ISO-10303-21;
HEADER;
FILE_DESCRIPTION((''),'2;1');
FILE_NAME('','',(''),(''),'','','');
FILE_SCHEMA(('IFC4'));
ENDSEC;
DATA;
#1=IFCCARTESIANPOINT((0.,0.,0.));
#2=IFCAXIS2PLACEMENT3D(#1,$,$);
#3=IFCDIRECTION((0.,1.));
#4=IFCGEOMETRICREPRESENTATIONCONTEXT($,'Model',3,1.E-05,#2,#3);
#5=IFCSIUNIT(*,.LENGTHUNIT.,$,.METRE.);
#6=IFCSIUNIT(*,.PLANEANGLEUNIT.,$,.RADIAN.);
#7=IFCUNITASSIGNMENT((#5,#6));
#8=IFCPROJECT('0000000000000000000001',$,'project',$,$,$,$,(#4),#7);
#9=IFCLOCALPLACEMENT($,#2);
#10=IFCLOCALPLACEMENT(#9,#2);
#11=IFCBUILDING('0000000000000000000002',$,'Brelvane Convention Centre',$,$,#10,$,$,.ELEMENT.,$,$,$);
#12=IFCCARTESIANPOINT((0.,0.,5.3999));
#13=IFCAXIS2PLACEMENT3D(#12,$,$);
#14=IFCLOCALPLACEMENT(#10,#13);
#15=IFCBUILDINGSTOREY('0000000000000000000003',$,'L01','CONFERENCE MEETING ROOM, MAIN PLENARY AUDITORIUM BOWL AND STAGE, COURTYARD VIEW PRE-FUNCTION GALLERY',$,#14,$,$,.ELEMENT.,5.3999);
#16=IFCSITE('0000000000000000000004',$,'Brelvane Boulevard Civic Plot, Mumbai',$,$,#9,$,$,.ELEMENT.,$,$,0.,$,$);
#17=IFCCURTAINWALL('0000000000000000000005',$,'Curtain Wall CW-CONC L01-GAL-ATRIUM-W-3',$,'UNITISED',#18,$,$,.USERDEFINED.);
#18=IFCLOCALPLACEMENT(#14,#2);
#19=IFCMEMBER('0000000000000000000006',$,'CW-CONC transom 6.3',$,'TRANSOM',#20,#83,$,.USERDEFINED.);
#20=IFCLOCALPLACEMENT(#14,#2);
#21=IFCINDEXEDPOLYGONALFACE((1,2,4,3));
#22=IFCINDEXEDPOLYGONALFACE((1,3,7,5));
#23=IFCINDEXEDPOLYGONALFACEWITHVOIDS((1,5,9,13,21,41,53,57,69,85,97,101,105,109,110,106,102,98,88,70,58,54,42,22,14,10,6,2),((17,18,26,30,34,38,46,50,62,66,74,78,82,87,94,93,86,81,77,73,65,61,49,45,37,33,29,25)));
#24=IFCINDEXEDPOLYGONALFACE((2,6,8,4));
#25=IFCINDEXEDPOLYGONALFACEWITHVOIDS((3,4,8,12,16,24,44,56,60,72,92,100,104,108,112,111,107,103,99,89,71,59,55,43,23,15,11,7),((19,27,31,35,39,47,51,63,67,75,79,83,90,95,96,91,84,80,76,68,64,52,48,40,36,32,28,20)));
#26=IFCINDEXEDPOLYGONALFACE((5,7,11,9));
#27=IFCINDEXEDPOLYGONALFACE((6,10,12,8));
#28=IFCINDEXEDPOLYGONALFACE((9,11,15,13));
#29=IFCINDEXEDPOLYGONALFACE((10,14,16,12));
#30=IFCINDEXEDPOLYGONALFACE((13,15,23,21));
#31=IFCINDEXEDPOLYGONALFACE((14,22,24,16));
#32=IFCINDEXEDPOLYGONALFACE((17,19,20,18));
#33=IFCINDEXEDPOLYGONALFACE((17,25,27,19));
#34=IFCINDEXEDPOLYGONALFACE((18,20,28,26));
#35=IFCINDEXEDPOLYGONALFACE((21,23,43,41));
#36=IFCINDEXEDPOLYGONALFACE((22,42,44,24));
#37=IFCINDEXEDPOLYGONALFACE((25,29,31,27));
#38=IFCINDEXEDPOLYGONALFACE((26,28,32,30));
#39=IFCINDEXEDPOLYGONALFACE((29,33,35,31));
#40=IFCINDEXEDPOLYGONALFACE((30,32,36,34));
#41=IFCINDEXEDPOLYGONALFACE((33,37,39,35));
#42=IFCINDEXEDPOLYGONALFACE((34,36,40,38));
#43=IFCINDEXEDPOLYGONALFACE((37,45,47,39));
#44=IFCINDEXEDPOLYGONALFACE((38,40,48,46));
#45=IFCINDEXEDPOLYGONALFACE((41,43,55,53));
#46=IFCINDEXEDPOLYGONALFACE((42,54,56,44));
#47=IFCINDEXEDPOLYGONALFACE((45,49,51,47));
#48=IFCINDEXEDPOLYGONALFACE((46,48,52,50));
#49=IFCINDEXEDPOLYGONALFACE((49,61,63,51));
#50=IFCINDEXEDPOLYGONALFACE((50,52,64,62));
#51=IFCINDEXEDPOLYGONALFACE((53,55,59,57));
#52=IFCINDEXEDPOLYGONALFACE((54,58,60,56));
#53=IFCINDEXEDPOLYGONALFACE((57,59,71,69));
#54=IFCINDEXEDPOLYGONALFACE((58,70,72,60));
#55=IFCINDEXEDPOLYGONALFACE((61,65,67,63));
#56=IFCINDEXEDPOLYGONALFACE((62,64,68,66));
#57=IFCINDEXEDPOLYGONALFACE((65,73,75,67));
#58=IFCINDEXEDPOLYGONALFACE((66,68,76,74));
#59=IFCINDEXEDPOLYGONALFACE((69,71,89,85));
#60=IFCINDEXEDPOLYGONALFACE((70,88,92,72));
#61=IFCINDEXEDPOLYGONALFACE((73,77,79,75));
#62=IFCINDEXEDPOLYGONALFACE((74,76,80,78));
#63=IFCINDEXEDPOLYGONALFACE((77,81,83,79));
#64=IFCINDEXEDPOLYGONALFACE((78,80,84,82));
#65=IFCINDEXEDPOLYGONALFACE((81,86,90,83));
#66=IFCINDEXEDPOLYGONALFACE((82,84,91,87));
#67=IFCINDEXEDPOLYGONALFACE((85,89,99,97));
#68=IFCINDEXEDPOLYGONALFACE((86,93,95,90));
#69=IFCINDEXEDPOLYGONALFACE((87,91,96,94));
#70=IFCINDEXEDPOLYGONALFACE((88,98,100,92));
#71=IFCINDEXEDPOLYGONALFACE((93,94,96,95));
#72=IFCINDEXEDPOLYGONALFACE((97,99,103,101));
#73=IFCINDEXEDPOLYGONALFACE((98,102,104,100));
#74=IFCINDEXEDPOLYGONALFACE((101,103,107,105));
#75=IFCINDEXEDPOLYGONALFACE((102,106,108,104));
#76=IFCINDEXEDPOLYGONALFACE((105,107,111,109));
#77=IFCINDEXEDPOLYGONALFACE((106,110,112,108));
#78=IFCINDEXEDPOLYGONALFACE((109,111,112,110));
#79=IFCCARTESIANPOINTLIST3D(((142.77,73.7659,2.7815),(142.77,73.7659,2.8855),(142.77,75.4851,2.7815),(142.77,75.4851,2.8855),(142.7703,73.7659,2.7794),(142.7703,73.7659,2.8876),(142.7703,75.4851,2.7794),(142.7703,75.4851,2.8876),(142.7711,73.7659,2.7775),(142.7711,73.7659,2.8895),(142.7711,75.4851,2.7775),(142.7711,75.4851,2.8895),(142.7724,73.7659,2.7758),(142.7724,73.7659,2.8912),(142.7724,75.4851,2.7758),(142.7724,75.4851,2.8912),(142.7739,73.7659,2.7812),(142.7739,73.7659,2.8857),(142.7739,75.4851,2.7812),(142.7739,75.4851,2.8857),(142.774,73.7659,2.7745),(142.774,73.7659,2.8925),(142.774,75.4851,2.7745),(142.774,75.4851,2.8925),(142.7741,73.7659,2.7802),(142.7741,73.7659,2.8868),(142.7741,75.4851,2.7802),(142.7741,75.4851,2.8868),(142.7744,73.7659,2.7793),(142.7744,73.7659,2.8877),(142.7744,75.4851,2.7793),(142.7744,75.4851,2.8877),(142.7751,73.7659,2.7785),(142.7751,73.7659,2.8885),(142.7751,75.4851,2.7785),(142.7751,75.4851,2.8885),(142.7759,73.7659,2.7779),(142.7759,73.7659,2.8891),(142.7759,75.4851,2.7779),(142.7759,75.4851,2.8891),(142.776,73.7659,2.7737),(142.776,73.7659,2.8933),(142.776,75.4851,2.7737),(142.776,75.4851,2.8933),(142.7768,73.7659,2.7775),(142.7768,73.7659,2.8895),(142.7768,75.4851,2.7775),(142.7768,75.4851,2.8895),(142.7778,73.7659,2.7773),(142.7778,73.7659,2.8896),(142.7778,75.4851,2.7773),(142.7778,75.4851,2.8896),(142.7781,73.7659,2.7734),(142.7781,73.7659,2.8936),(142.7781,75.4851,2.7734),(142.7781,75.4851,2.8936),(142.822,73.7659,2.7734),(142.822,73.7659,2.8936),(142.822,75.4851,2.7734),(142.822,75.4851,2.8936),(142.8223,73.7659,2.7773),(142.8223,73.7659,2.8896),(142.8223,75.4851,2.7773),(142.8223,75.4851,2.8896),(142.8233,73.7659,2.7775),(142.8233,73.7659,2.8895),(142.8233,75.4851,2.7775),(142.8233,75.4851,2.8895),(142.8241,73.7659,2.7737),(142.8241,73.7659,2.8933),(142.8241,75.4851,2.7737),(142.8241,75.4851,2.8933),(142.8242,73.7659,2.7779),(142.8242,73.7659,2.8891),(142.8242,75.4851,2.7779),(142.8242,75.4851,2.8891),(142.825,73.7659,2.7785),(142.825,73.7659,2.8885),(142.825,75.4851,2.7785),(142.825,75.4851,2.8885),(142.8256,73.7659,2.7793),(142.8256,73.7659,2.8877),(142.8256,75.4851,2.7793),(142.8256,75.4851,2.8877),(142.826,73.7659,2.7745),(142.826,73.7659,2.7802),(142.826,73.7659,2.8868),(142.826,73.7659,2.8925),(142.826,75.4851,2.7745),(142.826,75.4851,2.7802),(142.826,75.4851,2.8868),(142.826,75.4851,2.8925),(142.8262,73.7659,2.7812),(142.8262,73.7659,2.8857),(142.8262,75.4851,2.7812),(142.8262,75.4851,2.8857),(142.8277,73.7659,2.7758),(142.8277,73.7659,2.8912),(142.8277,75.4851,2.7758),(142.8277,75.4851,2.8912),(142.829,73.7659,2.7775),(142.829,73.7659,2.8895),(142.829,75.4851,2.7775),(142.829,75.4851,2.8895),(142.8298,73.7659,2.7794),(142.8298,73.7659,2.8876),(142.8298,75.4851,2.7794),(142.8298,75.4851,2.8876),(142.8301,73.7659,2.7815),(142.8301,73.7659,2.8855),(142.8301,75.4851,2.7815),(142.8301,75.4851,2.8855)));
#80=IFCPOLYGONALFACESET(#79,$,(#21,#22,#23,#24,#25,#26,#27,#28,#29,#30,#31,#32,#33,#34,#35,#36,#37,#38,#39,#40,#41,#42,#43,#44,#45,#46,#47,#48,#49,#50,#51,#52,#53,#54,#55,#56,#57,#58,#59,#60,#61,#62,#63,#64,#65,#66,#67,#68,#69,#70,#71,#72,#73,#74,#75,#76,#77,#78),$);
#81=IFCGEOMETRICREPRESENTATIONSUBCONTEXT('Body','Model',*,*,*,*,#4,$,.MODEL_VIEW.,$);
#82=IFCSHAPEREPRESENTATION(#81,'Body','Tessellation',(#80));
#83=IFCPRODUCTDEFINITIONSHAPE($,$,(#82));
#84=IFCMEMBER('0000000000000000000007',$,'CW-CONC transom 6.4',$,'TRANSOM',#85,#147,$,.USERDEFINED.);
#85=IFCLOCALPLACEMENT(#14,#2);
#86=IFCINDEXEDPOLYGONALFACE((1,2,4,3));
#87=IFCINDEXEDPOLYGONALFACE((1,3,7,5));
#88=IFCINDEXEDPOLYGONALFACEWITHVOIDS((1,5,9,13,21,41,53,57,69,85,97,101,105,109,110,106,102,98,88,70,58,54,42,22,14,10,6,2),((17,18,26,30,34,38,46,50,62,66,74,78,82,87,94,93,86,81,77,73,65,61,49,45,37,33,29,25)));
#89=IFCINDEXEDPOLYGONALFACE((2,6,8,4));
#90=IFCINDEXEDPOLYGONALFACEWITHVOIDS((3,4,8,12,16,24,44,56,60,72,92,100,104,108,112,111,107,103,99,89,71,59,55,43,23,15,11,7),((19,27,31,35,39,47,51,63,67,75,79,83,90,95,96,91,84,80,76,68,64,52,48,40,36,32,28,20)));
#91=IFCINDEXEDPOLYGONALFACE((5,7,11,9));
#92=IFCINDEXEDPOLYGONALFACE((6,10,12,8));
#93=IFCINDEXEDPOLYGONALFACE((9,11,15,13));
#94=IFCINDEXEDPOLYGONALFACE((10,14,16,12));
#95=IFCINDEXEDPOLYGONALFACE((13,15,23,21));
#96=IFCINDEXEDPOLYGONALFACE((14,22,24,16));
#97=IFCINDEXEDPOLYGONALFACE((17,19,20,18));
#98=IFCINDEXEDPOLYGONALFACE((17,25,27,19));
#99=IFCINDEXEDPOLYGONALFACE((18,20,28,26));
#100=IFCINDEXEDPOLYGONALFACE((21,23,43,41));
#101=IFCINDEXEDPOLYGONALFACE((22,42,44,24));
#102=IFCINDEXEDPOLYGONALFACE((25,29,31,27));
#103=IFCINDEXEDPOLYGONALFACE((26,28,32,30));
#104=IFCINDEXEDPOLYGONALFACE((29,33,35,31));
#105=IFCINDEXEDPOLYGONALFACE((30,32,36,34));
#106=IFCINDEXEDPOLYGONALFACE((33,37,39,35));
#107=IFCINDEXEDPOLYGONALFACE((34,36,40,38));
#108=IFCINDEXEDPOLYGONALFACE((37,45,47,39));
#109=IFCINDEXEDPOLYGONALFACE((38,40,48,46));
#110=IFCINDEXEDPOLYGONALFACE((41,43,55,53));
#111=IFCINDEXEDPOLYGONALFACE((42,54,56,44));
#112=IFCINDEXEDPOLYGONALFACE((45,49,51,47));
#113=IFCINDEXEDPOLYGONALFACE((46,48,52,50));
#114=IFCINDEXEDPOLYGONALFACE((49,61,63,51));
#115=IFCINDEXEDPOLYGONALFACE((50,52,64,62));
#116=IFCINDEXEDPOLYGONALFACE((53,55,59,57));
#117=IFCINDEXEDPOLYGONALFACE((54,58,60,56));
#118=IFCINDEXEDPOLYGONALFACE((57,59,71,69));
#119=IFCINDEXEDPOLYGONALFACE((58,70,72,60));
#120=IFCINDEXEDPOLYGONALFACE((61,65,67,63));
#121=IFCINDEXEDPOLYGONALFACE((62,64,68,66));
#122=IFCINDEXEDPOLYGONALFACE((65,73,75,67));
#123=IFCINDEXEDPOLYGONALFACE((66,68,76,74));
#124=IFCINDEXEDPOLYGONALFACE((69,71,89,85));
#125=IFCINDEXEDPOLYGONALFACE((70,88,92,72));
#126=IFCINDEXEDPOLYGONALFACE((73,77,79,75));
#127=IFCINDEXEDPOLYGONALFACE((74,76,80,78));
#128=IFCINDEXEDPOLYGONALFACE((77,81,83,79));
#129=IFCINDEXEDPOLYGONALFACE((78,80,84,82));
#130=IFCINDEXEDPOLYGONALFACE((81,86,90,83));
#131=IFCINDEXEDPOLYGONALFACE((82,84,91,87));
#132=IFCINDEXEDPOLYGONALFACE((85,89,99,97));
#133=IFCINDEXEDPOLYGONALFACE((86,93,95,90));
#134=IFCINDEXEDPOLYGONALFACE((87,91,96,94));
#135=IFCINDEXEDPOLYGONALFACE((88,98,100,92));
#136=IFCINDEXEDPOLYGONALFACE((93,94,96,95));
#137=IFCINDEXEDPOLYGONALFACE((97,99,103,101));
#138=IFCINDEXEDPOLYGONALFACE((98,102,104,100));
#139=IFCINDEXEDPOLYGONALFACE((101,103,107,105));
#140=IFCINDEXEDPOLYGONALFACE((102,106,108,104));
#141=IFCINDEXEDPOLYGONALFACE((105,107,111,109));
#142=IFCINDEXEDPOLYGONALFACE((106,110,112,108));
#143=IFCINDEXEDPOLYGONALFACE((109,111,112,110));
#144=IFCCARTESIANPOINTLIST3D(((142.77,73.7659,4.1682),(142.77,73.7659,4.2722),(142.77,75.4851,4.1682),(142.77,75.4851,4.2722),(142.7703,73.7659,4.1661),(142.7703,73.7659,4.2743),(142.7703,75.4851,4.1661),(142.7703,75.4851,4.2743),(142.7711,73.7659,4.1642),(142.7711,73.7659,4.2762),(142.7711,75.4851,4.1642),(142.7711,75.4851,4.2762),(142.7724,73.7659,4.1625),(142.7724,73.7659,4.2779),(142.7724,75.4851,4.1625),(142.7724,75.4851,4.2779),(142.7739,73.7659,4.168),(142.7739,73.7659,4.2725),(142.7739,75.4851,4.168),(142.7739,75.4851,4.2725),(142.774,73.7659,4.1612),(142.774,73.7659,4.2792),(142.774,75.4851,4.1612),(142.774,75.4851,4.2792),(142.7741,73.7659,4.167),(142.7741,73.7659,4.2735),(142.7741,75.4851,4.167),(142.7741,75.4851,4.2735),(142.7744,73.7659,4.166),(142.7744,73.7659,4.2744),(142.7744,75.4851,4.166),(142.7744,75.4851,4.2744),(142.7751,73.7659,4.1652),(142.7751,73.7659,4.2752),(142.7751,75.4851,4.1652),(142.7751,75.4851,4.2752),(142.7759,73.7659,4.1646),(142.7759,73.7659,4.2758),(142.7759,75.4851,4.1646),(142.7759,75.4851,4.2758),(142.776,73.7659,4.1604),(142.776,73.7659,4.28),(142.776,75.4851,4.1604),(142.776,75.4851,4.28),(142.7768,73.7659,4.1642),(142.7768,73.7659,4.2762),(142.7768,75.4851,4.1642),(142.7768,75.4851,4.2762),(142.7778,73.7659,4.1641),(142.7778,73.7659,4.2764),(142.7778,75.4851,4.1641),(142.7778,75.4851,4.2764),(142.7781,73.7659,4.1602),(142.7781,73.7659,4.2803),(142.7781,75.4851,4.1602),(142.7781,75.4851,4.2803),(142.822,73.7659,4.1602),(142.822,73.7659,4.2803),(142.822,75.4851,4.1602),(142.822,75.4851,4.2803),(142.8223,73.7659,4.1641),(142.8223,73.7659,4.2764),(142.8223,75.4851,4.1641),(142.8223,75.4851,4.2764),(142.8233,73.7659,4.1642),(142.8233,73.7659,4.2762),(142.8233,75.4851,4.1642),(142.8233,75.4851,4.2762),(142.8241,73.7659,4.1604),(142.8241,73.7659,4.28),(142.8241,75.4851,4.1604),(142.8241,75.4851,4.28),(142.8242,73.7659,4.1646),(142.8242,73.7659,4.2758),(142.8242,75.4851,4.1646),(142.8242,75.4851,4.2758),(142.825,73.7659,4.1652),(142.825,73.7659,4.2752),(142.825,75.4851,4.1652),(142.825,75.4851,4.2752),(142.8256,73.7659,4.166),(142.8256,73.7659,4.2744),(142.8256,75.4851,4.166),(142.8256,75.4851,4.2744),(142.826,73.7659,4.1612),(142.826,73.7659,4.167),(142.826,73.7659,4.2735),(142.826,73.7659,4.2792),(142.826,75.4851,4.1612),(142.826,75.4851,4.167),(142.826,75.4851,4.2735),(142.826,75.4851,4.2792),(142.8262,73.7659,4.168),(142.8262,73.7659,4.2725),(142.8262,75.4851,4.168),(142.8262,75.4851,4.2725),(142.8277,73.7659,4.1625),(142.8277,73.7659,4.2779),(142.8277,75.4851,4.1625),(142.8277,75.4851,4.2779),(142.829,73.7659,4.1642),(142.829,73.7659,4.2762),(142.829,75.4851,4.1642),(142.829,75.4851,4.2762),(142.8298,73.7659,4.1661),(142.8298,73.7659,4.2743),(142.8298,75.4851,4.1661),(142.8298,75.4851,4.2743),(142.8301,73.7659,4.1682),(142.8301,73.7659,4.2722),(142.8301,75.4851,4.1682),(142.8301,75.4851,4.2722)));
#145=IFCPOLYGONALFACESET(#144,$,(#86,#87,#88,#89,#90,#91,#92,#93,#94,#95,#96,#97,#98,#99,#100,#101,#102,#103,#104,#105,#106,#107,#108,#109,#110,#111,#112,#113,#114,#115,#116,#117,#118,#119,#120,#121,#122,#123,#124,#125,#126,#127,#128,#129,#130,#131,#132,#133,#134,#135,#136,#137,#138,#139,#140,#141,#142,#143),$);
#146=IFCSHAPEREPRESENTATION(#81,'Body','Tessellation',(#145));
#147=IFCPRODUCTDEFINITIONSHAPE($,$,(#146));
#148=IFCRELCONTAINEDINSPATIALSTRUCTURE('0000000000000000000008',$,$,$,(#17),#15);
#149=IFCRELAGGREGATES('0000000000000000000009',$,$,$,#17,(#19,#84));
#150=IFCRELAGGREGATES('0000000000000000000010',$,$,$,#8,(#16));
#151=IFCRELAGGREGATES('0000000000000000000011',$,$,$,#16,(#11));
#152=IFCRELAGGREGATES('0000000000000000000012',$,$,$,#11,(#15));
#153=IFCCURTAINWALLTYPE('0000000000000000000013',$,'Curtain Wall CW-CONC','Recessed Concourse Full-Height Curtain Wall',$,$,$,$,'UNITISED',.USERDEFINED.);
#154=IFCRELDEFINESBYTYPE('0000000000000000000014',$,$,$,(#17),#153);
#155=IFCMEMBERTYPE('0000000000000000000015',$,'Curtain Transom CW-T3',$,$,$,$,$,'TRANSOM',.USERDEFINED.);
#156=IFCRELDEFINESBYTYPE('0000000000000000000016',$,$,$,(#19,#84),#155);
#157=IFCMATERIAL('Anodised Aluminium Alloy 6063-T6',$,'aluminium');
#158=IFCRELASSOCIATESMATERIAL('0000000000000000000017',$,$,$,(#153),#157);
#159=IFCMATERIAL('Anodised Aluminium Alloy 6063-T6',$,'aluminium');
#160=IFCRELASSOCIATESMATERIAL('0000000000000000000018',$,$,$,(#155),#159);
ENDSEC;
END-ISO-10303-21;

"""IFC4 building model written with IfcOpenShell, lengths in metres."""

from ifc_helpers import new_model, si_unit, direction, frame, origin, origin_2d, place, context, subcontext, project, spatial, hollow_rectangle, extrude, material, material_profile, profile_set, type_object, element, aggregate, save


model = new_model("IFC4")

# Units and contexts
model_context = context("Model", 3, precision=1e-05, world=origin(), true_north=direction((0.0, 1.0)))
body_context = subcontext(model_context, "Body", "Model", "MODEL_VIEW")
ifc_project = project(units=[si_unit("LENGTHUNIT", "METRE"), si_unit("PLANEANGLEUNIT", "RADIAN")], contexts=[model_context])

# Site, building, storey
site_placement = place(None, origin())
site = spatial("IfcSite", under=ifc_project, at=site_placement, Name="Brelvane Boulevard Civic Plot, Mumbai", CompositionType="ELEMENT", RefElevation=0.0)
building_placement = place(site_placement, origin())
building = spatial("IfcBuilding", under=site, at=building_placement, Name="Brelvane Convention Centre", CompositionType="ELEMENT")
storey_placement = place(building_placement, frame((0.0, 0.0, 5.3999)))
storey = spatial("IfcBuildingStorey", under=building, at=storey_placement, Name="L01", Description="CONFERENCE MEETING ROOM, MAIN PLENARY AUDITORIUM BOWL AND STAGE, COURTYARD VIEW PRE-FUNCTION GALLERY", CompositionType="ELEMENT", Elevation=5.3999)

# Curtain wall
ifc_material_1 = material(Name="Anodised Aluminium Alloy 6063-T6", Category="aluminium")
curtain_wall_type = type_object("IfcCurtainWallType", Name="Curtain Wall CW-CONC", Description="Recessed Concourse Full-Height Curtain Wall", ElementType="UNITISED", PredefinedType="USERDEFINED", material=ifc_material_1)
curtain_wall_1_placement = place(storey_placement, origin())
curtain_wall_1 = element("IfcCurtainWall", 1, at=curtain_wall_1_placement, inside=storey, type_object=curtain_wall_type, Name="Curtain Wall CW-CONC L01-GAL-ATRIUM-W-3", ObjectType="UNITISED", PredefinedType="USERDEFINED")

# Members
ifc_material_2 = material(Name="Anodised Aluminium Alloy 6063-T6", Category="aluminium")
ifc_material_profile_1 = material_profile(ifc_material_2, hollow_rectangle(XDim=0.0601, YDim=0.1201, WallThickness=0.0039, InnerFilletRadius=0.0039, OuterFilletRadius=0.0081, at=origin_2d()), Name="ALU-T 120x60x4.0")
ifc_profile_set_1 = profile_set([ifc_material_profile_1], Name="Anodised Aluminium Alloy 6063-T6")
member_type_1 = type_object("IfcMemberType", Name="Curtain Transom CW-T3", ElementType="TRANSOM", PredefinedType="USERDEFINED", material=ifc_profile_set_1)
member_1_placement = place(storey_placement, frame((142.8, 73.7659, 2.8335), z_axis=(0.0, 1.0, 0.0), x_axis=(-1.0, 0.0, 0.0)))
member_1 = element("IfcMember", 2, at=member_1_placement, type_object=member_type_1, Name="CW-CONC transom 6.3", ObjectType="TRANSOM", PredefinedType="USERDEFINED", context=body_context, shape_type="SweptSolid", body=[
    extrude(hollow_rectangle(XDim=0.0601, YDim=0.1201, WallThickness=0.0039, InnerFilletRadius=0.0039, OuterFilletRadius=0.0081, at=origin_2d()), origin(), (0.0, 0.0, 1.0), 1.7192),
])
member_2_placement = place(storey_placement, frame((142.8, 73.7659, 4.2202), z_axis=(0.0, 1.0, 0.0), x_axis=(-1.0, 0.0, 0.0)))
member_2 = element("IfcMember", 3, at=member_2_placement, type_object=member_type_1, Name="CW-CONC transom 6.4", ObjectType="TRANSOM", PredefinedType="USERDEFINED", context=body_context, shape_type="SweptSolid", body=[
    extrude(hollow_rectangle(XDim=0.0601, YDim=0.1201, WallThickness=0.0039, InnerFilletRadius=0.0039, OuterFilletRadius=0.0081, at=origin_2d()), origin(), (0.0, 0.0, 1.0), 1.7192),
])

aggregate(curtain_wall_1, [member_1, member_2])

save(model, "model.ifc")
